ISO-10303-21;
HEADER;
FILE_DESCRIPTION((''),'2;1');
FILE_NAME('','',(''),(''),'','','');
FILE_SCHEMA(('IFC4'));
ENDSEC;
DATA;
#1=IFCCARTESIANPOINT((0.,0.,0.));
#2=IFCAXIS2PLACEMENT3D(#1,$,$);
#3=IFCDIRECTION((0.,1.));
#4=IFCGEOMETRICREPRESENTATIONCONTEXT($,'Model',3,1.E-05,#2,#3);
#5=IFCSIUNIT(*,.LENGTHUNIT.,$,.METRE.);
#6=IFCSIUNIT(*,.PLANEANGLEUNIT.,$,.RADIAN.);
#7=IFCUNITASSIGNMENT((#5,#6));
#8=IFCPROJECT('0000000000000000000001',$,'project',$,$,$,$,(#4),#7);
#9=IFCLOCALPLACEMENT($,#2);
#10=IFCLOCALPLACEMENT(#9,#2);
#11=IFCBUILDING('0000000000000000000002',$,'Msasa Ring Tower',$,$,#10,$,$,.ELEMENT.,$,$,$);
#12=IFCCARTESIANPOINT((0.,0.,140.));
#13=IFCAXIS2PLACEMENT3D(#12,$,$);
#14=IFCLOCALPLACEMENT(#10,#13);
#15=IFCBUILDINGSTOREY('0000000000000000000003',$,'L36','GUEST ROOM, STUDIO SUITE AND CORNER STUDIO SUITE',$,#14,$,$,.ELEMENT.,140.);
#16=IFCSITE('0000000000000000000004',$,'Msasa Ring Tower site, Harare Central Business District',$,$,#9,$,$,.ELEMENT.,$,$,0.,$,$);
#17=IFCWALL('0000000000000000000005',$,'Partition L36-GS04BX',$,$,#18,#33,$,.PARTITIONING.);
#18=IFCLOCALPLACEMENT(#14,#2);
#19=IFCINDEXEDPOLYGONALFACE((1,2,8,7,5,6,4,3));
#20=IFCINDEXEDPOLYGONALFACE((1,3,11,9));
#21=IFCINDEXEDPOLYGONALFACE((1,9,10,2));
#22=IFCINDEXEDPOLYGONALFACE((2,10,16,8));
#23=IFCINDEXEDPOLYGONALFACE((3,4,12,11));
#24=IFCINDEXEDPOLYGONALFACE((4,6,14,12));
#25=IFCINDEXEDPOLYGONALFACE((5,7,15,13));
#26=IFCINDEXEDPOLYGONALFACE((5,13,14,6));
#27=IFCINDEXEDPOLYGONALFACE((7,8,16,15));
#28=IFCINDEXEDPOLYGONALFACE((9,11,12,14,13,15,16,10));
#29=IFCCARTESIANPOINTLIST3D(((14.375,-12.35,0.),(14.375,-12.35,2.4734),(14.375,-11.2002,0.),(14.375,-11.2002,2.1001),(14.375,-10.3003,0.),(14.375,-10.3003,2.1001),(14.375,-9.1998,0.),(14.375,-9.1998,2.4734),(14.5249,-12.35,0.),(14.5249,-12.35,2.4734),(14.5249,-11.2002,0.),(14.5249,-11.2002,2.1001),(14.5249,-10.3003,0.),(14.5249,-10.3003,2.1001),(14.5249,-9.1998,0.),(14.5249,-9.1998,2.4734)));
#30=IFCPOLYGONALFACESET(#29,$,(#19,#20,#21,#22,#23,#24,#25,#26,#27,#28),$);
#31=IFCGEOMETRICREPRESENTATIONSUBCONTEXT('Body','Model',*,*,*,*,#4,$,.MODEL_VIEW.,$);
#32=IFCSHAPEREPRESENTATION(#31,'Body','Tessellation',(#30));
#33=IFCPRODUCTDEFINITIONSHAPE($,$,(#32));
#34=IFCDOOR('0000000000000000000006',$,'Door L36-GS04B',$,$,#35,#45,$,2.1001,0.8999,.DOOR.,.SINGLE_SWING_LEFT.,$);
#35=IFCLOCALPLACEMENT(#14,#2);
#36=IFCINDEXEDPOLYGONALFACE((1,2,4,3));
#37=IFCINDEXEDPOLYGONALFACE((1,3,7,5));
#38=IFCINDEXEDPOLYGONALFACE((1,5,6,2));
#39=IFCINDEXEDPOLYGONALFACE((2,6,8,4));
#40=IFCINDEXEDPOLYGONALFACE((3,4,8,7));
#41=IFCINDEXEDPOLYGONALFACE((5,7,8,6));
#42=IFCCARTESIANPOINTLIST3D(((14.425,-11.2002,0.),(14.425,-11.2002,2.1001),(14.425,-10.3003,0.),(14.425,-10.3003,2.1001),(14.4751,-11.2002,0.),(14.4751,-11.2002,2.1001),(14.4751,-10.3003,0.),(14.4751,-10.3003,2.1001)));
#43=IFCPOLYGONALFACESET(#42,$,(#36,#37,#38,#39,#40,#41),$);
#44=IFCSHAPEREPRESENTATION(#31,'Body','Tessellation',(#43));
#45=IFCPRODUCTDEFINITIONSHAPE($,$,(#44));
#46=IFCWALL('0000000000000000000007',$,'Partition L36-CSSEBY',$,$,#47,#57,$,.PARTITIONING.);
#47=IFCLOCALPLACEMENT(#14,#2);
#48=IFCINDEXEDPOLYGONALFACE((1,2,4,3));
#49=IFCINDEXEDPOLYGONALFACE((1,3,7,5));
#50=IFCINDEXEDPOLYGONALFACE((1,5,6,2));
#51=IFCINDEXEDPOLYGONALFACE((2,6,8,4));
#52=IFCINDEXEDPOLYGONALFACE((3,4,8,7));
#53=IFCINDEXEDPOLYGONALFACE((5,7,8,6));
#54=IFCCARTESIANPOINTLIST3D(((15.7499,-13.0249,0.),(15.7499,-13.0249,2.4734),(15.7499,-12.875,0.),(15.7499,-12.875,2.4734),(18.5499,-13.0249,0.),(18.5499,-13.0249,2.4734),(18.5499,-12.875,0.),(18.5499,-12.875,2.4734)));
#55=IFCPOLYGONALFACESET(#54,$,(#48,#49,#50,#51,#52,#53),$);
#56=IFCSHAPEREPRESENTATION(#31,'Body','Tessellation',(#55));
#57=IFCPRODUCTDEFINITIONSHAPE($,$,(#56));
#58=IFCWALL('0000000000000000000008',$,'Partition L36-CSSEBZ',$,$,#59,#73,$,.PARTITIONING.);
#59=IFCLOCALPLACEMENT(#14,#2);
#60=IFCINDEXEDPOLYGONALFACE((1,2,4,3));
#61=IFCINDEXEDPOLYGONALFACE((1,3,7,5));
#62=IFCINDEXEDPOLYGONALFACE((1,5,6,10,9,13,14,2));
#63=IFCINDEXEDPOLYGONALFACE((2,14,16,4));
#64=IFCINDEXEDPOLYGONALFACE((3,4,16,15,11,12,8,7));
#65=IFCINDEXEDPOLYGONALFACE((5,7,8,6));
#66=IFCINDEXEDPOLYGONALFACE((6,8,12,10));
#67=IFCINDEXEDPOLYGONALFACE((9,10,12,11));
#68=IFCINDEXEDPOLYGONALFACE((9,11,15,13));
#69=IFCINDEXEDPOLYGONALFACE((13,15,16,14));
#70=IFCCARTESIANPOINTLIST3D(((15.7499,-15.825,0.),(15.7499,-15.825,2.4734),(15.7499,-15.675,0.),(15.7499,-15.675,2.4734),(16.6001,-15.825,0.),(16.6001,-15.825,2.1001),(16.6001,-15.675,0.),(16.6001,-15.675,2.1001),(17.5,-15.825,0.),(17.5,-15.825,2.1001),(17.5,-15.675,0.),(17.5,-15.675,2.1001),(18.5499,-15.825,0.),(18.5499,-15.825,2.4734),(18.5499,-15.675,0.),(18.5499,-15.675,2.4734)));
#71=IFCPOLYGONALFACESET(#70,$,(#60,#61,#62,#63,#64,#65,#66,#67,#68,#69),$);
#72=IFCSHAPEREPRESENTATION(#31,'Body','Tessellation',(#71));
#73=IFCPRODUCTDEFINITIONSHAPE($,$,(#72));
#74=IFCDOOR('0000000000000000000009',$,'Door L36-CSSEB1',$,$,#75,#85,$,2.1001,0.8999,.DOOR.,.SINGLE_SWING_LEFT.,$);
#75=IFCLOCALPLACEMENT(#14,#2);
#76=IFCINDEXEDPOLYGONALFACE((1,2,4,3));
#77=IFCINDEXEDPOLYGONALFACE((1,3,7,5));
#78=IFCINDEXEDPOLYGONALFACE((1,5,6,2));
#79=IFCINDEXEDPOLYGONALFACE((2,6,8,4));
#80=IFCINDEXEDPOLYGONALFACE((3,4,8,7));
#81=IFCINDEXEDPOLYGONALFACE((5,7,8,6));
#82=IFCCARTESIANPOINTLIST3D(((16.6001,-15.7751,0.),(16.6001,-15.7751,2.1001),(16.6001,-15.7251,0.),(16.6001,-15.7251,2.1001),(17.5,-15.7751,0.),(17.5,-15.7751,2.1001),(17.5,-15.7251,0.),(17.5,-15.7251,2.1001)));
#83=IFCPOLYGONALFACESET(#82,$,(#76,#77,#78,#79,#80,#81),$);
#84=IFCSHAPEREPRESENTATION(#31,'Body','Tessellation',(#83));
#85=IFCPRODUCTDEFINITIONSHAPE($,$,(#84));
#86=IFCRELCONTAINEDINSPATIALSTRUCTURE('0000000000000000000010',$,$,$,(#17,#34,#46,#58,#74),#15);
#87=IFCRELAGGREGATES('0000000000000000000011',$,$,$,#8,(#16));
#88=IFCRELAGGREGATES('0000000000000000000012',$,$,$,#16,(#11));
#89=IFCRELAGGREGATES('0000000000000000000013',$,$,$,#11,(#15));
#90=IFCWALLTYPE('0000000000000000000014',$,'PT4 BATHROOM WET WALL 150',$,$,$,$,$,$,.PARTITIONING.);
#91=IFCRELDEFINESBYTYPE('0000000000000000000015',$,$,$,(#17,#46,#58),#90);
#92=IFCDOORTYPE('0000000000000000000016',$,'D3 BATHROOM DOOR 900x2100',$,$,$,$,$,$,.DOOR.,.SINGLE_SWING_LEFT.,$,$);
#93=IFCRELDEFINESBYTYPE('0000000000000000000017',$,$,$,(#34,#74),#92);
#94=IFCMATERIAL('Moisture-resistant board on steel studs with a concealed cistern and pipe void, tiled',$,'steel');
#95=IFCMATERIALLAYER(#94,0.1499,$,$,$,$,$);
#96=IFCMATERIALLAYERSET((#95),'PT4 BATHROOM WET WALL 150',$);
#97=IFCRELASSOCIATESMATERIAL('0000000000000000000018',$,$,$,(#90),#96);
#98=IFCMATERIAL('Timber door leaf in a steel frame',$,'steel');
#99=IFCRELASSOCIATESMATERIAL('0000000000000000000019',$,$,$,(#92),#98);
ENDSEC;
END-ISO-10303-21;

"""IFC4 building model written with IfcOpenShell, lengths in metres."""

from ifc_helpers import new_model, si_unit, direction, frame, frame_2d, origin, place, context, subcontext, project, spatial, rectangle, extrude, material, layer, layer_set, type_object, element, fill, save


model = new_model("IFC4")

# Units and contexts
model_context = context("Model", 3, precision=1e-05, world=origin(), true_north=direction((0.0, 1.0)))
body_context = subcontext(model_context, "Body", "Model", "MODEL_VIEW")
ifc_project = project(units=[si_unit("LENGTHUNIT", "METRE"), si_unit("PLANEANGLEUNIT", "RADIAN")], contexts=[model_context])

# Site, building, storey
site_placement = place(None, origin())
site = spatial("IfcSite", under=ifc_project, at=site_placement, Name="Msasa Ring Tower site, Harare Central Business District", CompositionType="ELEMENT", RefElevation=0.0)
building_placement = place(site_placement, origin())
building = spatial("IfcBuilding", under=site, at=building_placement, Name="Msasa Ring Tower", CompositionType="ELEMENT")
storey_placement = place(building_placement, frame((0.0, 0.0, 140.0)))
storey = spatial("IfcBuildingStorey", under=building, at=storey_placement, Name="L36", Description="GUEST ROOM, STUDIO SUITE AND CORNER STUDIO SUITE", CompositionType="ELEMENT", Elevation=140.0)

# Wall, opening, door
ifc_material_1 = material(Name="Moisture-resistant board on steel studs with a concealed cistern and pipe void, tiled", Category="steel")
ifc_layer_1 = layer(ifc_material_1, 0.1499)
ifc_layer_set_1 = layer_set([ifc_layer_1], Name="PT4 BATHROOM WET WALL 150")
wall_type_1 = type_object("IfcWallType", Name="PT4 BATHROOM WET WALL 150", PredefinedType="PARTITIONING", material=ifc_layer_set_1)
wall_1_placement = place(storey_placement, frame((14.45, -12.3501, 0.0), z_axis=(0.0, 0.0, 1.0), x_axis=(0.0, 1.0, 0.0)))
wall_1 = element("IfcWall", 1, at=wall_1_placement, inside=storey, type_object=wall_type_1, Name="Partition L36-GS04BX", PredefinedType="PARTITIONING", context=body_context, shape_type="SweptSolid", body=[
    extrude(rectangle(XDim=3.1501, YDim=0.1499, at=frame_2d((1.5752, 0.0))), origin(), (0.0, 0.0, 1.0), 2.4734),
])
opening_1_placement = place(wall_1_placement, frame((1.1499, 0.0, 0.0)))
opening_1 = element("IfcOpeningElement", 2, at=opening_1_placement, cuts=wall_1, PredefinedType="OPENING", context=body_context, shape_type="SweptSolid", body=[
    extrude(rectangle(XDim=0.8999, YDim=2.1001, at=frame_2d((0.45, 1.05))), frame((0.0, 0.085, 0.0), z_axis=(0.0, -1.0, 0.0), x_axis=(1.0, 0.0, 0.0)), (0.0, 0.0, 1.0), 0.1699),
])
ifc_material_2 = material(Name="Timber door leaf in a steel frame", Category="steel")
door_type_1 = type_object("IfcDoorType", Name="D3 BATHROOM DOOR 900x2100", OperationType="SINGLE_SWING_LEFT", PredefinedType="DOOR", material=ifc_material_2)
door_1_placement = place(opening_1_placement, origin())
door_1 = element("IfcDoor", 3, at=door_1_placement, inside=storey, type_object=door_type_1, Name="Door L36-GS04B", OperationType="SINGLE_SWING_LEFT", OverallHeight=2.1001, OverallWidth=0.8999, PredefinedType="DOOR", context=body_context, shape_type="SweptSolid", body=[
    extrude(rectangle(XDim=0.8999, YDim=2.1001, at=frame_2d((0.45, 1.05))), frame((0.0, 0.0249, 0.0), z_axis=(0.0, -1.0, 0.0), x_axis=(1.0, 0.0, 0.0)), (0.0, 0.0, 1.0), 0.05),
])
fill(opening_1, door_1)

# Wall
wall_2_placement = place(storey_placement, frame((15.75, -12.95, 0.0), z_axis=(0.0, 0.0, 1.0), x_axis=(1.0, 0.0, 0.0)))
element("IfcWall", 4, at=wall_2_placement, inside=storey, type_object=wall_type_1, Name="Partition L36-CSSEBY", PredefinedType="PARTITIONING", context=body_context, shape_type="SweptSolid", body=[
    extrude(rectangle(XDim=2.8, YDim=0.1499, at=frame_2d((1.3999, 0.0))), origin(), (0.0, 0.0, 1.0), 2.4734),
])

# Wall, opening, door
wall_3_placement = place(storey_placement, frame((15.75, -15.75, 0.0), z_axis=(0.0, 0.0, 1.0), x_axis=(1.0, 0.0, 0.0)))
wall_3 = element("IfcWall", 5, at=wall_3_placement, inside=storey, type_object=wall_type_1, Name="Partition L36-CSSEBZ", PredefinedType="PARTITIONING", context=body_context, shape_type="SweptSolid", body=[
    extrude(rectangle(XDim=2.8, YDim=0.1499, at=frame_2d((1.3999, 0.0))), origin(), (0.0, 0.0, 1.0), 2.4734),
])
opening_2_placement = place(wall_3_placement, frame((0.8501, 0.0, 0.0)))
opening_2 = element("IfcOpeningElement", 6, at=opening_2_placement, cuts=wall_3, PredefinedType="OPENING", context=body_context, shape_type="SweptSolid", body=[
    extrude(rectangle(XDim=0.8999, YDim=2.1001, at=frame_2d((0.45, 1.05))), frame((0.0, 0.085, 0.0), z_axis=(0.0, -1.0, 0.0), x_axis=(1.0, 0.0, 0.0)), (0.0, 0.0, 1.0), 0.1699),
])
door_2_placement = place(opening_2_placement, origin())
door_2 = element("IfcDoor", 7, at=door_2_placement, inside=storey, type_object=door_type_1, Name="Door L36-CSSEB1", OperationType="SINGLE_SWING_LEFT", OverallHeight=2.1001, OverallWidth=0.8999, PredefinedType="DOOR", context=body_context, shape_type="SweptSolid", body=[
    extrude(rectangle(XDim=0.8999, YDim=2.1001, at=frame_2d((0.45, 1.05))), frame((0.0, 0.0249, 0.0), z_axis=(0.0, -1.0, 0.0), x_axis=(1.0, 0.0, 0.0)), (0.0, 0.0, 1.0), 0.05),
])
fill(opening_2, door_2)

save(model, "model.ifc")
